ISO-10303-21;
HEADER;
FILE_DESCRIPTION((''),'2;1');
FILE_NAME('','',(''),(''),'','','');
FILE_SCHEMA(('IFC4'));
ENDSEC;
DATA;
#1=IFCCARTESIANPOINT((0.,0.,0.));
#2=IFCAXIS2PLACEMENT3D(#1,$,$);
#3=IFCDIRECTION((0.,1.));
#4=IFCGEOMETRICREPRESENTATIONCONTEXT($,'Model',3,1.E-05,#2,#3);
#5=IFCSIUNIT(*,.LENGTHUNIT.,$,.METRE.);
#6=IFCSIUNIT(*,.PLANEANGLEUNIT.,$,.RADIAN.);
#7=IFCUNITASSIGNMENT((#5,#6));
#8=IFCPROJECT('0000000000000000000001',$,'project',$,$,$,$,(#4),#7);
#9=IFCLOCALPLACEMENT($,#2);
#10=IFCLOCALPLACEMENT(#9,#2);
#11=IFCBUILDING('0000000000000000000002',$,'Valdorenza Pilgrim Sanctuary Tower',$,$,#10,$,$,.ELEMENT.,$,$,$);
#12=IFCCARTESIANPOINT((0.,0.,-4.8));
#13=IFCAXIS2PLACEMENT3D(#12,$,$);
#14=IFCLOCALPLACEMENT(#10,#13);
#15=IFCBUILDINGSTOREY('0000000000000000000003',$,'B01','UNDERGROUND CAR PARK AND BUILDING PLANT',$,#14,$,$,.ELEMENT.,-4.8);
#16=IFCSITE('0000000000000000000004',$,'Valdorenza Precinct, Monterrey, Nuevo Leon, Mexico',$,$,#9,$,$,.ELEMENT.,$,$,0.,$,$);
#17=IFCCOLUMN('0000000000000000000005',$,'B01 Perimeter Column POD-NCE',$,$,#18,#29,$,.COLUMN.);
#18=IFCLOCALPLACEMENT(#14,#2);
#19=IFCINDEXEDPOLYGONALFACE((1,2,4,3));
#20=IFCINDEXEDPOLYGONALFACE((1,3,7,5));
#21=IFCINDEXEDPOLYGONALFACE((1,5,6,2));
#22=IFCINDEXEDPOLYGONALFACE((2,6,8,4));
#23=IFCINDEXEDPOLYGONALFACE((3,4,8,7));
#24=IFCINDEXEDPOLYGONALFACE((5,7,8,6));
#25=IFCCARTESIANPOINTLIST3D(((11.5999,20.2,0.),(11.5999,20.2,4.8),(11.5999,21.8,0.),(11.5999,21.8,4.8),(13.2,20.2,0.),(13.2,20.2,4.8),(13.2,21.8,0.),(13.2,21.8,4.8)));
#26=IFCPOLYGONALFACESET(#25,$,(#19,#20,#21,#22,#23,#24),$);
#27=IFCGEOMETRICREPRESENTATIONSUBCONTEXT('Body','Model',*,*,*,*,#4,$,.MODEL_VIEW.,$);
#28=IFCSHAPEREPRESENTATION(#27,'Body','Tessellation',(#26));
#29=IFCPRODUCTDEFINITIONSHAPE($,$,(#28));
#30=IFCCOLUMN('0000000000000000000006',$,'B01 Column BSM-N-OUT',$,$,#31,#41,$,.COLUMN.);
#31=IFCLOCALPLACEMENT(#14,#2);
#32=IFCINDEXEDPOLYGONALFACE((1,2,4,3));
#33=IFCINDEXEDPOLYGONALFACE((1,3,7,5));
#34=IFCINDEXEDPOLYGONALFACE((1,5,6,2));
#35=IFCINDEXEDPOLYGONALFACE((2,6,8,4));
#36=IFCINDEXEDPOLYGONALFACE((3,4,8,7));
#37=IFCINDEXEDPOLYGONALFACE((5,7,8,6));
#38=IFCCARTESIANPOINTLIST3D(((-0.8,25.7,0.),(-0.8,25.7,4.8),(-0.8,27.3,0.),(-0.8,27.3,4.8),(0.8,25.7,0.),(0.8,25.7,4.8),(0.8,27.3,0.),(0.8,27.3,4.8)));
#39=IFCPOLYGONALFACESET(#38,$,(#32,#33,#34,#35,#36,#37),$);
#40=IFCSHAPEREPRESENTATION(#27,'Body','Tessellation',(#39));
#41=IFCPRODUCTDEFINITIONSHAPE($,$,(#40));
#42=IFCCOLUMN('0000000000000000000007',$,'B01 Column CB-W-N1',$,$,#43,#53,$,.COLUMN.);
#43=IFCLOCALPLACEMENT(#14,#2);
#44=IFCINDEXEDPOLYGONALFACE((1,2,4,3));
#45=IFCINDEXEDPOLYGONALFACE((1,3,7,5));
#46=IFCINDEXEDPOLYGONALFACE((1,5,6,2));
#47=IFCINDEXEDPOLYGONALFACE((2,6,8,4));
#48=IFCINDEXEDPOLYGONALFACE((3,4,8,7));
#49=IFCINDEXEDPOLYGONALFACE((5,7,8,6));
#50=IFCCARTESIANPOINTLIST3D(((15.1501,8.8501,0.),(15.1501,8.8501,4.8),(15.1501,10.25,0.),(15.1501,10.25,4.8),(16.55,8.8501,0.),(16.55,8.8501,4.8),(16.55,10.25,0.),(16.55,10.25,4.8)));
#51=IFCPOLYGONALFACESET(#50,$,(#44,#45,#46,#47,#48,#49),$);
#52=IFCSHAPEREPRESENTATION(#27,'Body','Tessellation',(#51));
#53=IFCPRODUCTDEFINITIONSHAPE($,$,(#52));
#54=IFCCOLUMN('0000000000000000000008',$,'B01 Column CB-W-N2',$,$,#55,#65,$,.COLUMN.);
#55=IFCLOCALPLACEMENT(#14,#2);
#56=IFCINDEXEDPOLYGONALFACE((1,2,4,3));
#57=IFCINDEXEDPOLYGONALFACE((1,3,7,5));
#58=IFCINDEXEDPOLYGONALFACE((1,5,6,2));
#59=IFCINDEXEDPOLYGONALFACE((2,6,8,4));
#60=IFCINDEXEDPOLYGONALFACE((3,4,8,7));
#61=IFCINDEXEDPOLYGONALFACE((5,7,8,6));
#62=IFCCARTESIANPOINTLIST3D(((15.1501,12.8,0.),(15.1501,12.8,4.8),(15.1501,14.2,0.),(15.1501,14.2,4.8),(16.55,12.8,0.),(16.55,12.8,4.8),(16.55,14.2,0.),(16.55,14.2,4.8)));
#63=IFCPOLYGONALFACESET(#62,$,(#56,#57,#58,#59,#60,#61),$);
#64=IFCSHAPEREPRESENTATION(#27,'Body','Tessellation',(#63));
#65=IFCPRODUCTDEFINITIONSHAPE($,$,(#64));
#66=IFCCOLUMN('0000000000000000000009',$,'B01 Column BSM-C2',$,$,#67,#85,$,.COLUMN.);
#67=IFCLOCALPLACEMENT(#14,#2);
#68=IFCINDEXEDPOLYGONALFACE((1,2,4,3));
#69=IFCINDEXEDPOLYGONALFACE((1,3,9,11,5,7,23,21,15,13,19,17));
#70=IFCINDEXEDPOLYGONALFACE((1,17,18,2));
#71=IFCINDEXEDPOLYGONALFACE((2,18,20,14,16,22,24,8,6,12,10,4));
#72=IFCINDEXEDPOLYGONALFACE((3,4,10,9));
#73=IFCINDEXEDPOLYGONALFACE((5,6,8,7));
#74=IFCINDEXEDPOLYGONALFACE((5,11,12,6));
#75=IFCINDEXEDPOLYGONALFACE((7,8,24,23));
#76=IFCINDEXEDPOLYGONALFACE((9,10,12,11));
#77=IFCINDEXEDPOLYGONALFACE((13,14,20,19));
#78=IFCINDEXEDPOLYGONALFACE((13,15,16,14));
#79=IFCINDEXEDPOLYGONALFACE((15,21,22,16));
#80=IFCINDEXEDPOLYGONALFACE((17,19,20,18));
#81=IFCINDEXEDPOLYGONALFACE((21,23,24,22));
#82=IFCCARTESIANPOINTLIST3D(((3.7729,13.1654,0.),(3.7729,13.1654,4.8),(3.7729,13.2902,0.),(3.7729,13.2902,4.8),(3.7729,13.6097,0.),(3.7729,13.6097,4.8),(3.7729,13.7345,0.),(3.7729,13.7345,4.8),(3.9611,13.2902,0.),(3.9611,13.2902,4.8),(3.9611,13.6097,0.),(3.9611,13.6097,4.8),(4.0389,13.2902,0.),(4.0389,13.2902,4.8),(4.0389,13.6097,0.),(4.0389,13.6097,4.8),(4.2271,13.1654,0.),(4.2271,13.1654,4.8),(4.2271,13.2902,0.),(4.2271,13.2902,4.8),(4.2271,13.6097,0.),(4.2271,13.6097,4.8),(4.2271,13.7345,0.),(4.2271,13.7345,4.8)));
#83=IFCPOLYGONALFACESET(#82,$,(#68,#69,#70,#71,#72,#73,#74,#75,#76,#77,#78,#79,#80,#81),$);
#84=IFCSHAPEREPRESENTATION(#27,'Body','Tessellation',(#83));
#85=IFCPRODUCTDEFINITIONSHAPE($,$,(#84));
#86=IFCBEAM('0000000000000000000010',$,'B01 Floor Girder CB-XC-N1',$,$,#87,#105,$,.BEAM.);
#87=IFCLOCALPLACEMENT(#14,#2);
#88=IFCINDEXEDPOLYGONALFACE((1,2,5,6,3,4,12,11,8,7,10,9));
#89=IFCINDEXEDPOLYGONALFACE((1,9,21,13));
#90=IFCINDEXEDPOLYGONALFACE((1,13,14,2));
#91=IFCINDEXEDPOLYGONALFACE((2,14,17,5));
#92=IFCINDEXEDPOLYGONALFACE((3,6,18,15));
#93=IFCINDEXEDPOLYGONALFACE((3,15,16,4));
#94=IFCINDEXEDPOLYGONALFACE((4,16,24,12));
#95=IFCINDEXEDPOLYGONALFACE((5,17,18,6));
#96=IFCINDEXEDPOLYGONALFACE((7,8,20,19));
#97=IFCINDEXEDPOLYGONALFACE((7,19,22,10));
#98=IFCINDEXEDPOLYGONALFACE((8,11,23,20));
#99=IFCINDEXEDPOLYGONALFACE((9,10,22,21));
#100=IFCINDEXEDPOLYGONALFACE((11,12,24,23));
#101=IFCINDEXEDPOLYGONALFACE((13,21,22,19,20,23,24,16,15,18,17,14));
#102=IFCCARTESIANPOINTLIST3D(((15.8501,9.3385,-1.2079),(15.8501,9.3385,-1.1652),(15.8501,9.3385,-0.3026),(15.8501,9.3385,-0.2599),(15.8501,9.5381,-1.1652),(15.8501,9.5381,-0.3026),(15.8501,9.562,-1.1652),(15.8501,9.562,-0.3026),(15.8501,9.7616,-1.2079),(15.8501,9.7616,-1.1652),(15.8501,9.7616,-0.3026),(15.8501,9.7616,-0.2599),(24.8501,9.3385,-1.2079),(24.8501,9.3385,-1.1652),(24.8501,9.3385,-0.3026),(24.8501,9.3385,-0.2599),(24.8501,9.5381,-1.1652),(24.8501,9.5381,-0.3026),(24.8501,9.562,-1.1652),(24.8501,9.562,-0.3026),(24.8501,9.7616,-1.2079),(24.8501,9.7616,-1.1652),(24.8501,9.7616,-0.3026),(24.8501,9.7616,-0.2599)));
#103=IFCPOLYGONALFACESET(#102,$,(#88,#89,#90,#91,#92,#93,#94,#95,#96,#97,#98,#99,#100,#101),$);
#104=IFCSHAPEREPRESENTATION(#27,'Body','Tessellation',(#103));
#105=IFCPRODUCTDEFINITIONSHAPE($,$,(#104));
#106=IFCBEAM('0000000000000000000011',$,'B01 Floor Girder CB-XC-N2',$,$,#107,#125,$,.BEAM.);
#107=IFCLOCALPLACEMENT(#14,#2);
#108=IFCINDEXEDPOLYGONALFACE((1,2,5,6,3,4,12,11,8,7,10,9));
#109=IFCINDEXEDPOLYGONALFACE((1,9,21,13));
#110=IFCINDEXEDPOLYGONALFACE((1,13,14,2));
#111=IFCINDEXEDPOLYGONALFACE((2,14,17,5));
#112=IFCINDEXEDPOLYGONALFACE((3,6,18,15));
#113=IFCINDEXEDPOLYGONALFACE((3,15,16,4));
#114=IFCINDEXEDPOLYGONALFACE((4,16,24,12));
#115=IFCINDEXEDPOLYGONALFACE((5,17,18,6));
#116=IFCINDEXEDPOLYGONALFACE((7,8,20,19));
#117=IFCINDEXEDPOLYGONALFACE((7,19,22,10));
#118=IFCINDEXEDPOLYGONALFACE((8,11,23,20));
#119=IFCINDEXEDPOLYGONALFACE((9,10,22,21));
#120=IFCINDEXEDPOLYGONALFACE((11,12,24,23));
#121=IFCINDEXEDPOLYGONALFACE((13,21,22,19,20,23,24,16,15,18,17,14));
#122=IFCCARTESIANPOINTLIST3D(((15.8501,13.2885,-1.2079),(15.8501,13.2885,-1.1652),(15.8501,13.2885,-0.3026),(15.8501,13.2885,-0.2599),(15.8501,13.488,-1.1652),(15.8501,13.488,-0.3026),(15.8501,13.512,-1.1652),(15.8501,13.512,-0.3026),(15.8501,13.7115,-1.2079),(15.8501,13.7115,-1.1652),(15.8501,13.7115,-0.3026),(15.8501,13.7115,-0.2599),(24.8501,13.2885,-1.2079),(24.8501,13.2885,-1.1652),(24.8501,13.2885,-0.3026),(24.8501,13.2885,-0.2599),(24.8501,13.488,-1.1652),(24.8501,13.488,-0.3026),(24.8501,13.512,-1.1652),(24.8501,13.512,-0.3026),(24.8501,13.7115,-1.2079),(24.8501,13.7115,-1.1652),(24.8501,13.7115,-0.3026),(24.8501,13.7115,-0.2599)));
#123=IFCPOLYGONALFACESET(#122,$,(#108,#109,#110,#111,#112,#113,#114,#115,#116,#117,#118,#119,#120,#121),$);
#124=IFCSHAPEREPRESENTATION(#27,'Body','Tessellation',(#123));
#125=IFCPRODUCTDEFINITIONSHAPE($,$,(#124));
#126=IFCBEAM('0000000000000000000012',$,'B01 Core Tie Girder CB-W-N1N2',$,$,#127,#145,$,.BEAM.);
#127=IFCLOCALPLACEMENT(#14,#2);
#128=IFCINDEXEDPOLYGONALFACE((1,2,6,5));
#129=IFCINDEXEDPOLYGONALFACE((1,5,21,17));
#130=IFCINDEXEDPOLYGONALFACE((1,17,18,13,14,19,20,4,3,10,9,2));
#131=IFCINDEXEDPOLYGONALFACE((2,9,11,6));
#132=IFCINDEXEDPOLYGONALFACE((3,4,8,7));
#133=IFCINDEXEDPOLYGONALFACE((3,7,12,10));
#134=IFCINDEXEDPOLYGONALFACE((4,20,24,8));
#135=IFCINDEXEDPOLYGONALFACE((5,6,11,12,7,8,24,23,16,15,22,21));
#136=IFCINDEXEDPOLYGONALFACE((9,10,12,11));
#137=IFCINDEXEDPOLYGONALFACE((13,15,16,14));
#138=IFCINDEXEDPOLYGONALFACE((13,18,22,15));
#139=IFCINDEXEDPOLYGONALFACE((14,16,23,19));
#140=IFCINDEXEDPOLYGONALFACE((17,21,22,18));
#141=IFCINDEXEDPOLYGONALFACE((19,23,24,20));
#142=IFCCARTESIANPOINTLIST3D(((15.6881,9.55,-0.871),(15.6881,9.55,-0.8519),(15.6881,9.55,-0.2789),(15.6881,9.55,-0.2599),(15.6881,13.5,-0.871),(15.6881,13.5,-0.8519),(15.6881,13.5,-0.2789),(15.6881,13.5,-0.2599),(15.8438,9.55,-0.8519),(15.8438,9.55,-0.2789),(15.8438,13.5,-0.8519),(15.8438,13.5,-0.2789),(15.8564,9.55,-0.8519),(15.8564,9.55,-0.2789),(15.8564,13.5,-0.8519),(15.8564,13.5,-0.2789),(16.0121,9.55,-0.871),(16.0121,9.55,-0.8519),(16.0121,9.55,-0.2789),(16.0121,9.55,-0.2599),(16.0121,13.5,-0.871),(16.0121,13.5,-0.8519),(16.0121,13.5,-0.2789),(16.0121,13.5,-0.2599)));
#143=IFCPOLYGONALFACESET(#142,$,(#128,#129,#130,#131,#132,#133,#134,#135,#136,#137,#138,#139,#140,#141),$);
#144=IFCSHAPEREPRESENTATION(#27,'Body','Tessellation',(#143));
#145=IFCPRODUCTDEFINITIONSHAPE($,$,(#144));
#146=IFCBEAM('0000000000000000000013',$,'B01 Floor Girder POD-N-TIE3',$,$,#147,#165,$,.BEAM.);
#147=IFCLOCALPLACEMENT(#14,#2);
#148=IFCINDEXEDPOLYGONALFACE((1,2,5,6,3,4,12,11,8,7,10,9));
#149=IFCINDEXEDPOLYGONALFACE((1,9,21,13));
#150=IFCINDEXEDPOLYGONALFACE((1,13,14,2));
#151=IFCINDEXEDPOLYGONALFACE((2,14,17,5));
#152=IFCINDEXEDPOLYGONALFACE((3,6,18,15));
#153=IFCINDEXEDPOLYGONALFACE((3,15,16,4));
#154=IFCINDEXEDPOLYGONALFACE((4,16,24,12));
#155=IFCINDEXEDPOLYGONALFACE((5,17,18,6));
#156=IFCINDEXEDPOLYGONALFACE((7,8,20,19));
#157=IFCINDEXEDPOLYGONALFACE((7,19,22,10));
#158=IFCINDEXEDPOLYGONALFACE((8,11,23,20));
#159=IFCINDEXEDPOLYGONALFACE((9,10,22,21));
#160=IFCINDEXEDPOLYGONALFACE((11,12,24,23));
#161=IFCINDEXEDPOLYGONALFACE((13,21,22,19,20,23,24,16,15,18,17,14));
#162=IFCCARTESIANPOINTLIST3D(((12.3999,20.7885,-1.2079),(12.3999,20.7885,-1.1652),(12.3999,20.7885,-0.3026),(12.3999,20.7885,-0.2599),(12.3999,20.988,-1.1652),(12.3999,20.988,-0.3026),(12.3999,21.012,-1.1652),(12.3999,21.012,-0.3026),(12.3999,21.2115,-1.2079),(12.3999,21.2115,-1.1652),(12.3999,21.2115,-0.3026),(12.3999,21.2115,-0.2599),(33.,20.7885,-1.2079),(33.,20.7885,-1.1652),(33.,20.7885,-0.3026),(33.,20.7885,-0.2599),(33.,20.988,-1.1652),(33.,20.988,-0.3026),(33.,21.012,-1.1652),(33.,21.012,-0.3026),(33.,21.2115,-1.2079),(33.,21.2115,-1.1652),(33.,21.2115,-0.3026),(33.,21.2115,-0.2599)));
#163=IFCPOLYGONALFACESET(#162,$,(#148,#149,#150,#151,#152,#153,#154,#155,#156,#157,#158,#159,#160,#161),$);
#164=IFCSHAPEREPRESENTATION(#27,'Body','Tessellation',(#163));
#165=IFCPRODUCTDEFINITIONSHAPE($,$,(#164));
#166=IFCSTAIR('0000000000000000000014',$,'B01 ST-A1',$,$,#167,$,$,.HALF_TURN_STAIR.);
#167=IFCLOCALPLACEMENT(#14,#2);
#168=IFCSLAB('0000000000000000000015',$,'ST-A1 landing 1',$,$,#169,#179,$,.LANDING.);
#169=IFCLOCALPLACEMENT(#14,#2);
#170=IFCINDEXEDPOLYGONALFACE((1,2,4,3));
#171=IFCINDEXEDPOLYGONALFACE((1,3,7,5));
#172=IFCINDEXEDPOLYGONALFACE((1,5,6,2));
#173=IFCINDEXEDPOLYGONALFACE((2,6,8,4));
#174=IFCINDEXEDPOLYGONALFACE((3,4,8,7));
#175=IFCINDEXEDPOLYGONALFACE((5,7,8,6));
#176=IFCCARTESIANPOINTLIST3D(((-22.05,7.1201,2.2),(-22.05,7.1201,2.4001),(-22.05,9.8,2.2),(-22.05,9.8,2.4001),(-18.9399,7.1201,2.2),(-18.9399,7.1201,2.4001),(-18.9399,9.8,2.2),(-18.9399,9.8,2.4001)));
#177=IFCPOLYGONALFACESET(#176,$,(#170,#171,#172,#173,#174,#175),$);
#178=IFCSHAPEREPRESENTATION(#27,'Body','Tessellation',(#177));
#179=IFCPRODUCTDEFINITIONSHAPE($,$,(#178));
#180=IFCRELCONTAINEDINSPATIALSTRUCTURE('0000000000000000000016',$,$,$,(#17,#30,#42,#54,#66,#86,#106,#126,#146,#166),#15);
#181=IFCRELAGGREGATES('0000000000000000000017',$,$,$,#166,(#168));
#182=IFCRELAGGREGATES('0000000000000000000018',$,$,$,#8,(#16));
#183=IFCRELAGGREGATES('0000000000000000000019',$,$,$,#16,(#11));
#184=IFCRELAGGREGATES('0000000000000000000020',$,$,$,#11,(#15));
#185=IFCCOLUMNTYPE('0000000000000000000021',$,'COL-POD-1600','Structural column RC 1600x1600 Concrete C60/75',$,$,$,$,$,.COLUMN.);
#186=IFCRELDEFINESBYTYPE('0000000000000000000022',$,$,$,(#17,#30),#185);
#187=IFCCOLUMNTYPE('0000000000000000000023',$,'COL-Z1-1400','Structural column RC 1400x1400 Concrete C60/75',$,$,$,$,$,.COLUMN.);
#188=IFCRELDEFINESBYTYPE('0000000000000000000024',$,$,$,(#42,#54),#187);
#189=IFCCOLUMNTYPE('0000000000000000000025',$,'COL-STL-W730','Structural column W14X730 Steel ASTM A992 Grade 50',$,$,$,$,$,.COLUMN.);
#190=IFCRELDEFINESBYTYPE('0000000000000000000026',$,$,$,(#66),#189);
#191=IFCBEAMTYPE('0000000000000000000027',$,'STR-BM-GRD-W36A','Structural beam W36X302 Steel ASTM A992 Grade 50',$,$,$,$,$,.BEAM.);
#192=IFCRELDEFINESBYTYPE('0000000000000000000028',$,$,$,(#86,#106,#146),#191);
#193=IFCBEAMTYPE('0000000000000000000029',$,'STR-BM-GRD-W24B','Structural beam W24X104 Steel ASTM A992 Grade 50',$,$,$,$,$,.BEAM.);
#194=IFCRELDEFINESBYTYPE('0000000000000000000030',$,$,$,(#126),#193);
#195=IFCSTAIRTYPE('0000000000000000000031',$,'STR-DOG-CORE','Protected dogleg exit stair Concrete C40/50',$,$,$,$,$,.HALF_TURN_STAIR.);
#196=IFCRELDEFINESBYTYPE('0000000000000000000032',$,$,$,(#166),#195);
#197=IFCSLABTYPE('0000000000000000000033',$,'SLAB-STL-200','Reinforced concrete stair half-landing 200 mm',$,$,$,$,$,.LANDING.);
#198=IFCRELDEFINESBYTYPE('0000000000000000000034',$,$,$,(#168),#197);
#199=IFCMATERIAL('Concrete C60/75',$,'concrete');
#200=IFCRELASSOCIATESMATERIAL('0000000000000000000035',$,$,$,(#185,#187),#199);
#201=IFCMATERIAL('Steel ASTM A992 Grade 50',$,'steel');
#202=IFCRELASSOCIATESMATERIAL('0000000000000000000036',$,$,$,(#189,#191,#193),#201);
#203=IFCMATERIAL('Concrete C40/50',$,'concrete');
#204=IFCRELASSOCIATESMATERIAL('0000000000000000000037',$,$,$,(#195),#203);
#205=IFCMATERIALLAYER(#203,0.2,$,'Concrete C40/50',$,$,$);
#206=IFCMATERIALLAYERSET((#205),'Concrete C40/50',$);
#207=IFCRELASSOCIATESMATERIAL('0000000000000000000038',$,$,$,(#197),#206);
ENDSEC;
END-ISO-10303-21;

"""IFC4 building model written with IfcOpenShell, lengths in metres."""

from ifc_helpers import new_model, si_unit, direction, frame, origin, origin_2d, place, context, subcontext, project, spatial, polyline, rectangle, i_section, outline, extrude, source, transform, mapped, material, layer, layer_set, material_profile, profile_set, type_object, element, aggregate, save


model = new_model("IFC4")

# Units and contexts
model_context = context("Model", 3, precision=1e-05, world=origin(), true_north=direction((0.0, 1.0)))
body_context = subcontext(model_context, "Body", "Model", "MODEL_VIEW")
ifc_project = project(units=[si_unit("LENGTHUNIT", "METRE"), si_unit("PLANEANGLEUNIT", "RADIAN")], contexts=[model_context])

# Site, building, storey
site_placement = place(None, origin())
site = spatial("IfcSite", under=ifc_project, at=site_placement, Name="Valdorenza Precinct, Monterrey, Nuevo Leon, Mexico", CompositionType="ELEMENT", RefElevation=0.0)
building_placement = place(site_placement, origin())
building = spatial("IfcBuilding", under=site, at=building_placement, Name="Valdorenza Pilgrim Sanctuary Tower", CompositionType="ELEMENT")
storey_placement = place(building_placement, frame((0.0, 0.0, -4.8)))
storey = spatial("IfcBuildingStorey", under=building, at=storey_placement, Name="B01", Description="UNDERGROUND CAR PARK AND BUILDING PLANT", CompositionType="ELEMENT", Elevation=-4.8)

# Columns
ifc_material_1 = material(Name="Concrete C60/75", Category="concrete")
ifc_material_profile_1 = material_profile(ifc_material_1, rectangle(XDim=1.6001, YDim=1.6001, at=origin_2d()), Name="RC 1600x1600")
ifc_profile_set_1 = profile_set([ifc_material_profile_1], Name="Concrete C60/75")
column_type_1 = type_object("IfcColumnType", Name="COL-POD-1600", Description="Structural column RC 1600x1600 Concrete C60/75", PredefinedType="COLUMN", material=ifc_profile_set_1)
shared_shape_1 = source(origin(), body_context, "Body", "SweptSolid", [
    extrude(rectangle(XDim=1.6001, YDim=1.6001, at=origin_2d()), origin(), (0.0, 0.0, 1.0), 4.8),
])
for number, where, z_axis, x_axis, name in (
    (1, (12.3999, 21.0, 0.0), (0.0, 0.0, 1.0), (1.0, 0.0, 0.0), "B01 Perimeter Column POD-NCE"),
    (2, (0.0, 26.5, 0.0), (0.0, 0.0, 1.0), (1.0, 0.0, 0.0), "B01 Column BSM-N-OUT"),
):
    element("IfcColumn", number, at=place(storey_placement, frame(where, z_axis=z_axis, x_axis=x_axis)), inside=storey, type_object=column_type_1, Name=name, PredefinedType="COLUMN", context=body_context, shape_type="MappedRepresentation", body=[
        mapped(shared_shape_1, transform((0.0, 0.0, 0.0), x_axis=(1.0, 0.0, 0.0), y_axis=(0.0, 1.0, 0.0), z_axis=(0.0, 0.0, 1.0), scale=1.0)),
    ])
ifc_material_profile_2 = material_profile(ifc_material_1, rectangle(XDim=1.3999, YDim=1.3999, at=origin_2d()), Name="RC 1400x1400")
ifc_profile_set_2 = profile_set([ifc_material_profile_2], Name="Concrete C60/75")
column_type_2 = type_object("IfcColumnType", Name="COL-Z1-1400", Description="Structural column RC 1400x1400 Concrete C60/75", PredefinedType="COLUMN", material=ifc_profile_set_2)
shared_shape_2 = source(origin(), body_context, "Body", "SweptSolid", [
    extrude(rectangle(XDim=1.3999, YDim=1.3999, at=origin_2d()), origin(), (0.0, 0.0, 1.0), 4.8),
])
for number, where, z_axis, x_axis, name in (
    (3, (15.8501, 9.55, 0.0), (0.0, 0.0, 1.0), (1.0, 0.0, 0.0), "B01 Column CB-W-N1"),
    (4, (15.8501, 13.5, 0.0), (0.0, 0.0, 1.0), (1.0, 0.0, 0.0), "B01 Column CB-W-N2"),
):
    element("IfcColumn", number, at=place(storey_placement, frame(where, z_axis=z_axis, x_axis=x_axis)), inside=storey, type_object=column_type_2, Name=name, PredefinedType="COLUMN", context=body_context, shape_type="MappedRepresentation", body=[
        mapped(shared_shape_2, transform((0.0, 0.0, 0.0), x_axis=(1.0, 0.0, 0.0), y_axis=(0.0, 1.0, 0.0), z_axis=(0.0, 0.0, 1.0), scale=1.0)),
    ])
ifc_material_2 = material(Name="Steel ASTM A992 Grade 50", Category="steel")
ifc_material_profile_3 = material_profile(ifc_material_2, i_section(OverallWidth=0.4541, OverallDepth=0.5691, WebThickness=0.0779, FlangeThickness=0.1248, at=origin_2d()), Name="W14X730")
ifc_profile_set_3 = profile_set([ifc_material_profile_3], Name="Steel ASTM A992 Grade 50")
column_type_3 = type_object("IfcColumnType", Name="COL-STL-W730", Description="Structural column W14X730 Steel ASTM A992 Grade 50", PredefinedType="COLUMN", material=ifc_profile_set_3)
shared_shape_3 = source(origin(), body_context, "Body", "SweptSolid", [
    extrude(i_section(OverallWidth=0.4541, OverallDepth=0.5691, WebThickness=0.0779, FlangeThickness=0.1248, at=origin_2d()), origin(), (0.0, 0.0, 1.0), 4.8),
])
column_placement = place(storey_placement, frame((4.0, 13.45, 0.0), z_axis=(0.0, 0.0, 1.0), x_axis=(1.0, 0.0, 0.0)))
element("IfcColumn", 5, at=column_placement, inside=storey, type_object=column_type_3, Name="B01 Column BSM-C2", PredefinedType="COLUMN", context=body_context, shape_type="MappedRepresentation", body=[
    mapped(shared_shape_3, transform((0.0, 0.0, 0.0), x_axis=(1.0, 0.0, 0.0), y_axis=(0.0, 1.0, 0.0), z_axis=(0.0, 0.0, 1.0), scale=1.0)),
])

# Beams
ifc_material_profile_4 = material_profile(ifc_material_2, i_section(OverallWidth=0.4231, OverallDepth=0.948, WebThickness=0.0239, FlangeThickness=0.0427, at=origin_2d()), Name="W36X302")
ifc_profile_set_4 = profile_set([ifc_material_profile_4], Name="Steel ASTM A992 Grade 50")
beam_type_1 = type_object("IfcBeamType", Name="STR-BM-GRD-W36A", Description="Structural beam W36X302 Steel ASTM A992 Grade 50", PredefinedType="BEAM", material=ifc_profile_set_4)
shared_shape_4 = source(origin(), body_context, "Body", "SweptSolid", [
    extrude(i_section(OverallWidth=0.4231, OverallDepth=0.948, WebThickness=0.0239, FlangeThickness=0.0427, at=origin_2d()), origin(), (0.0, 0.0, 1.0), 9.0),
])
for number, where, z_axis, x_axis, name in (
    (6, (15.8501, 9.55, -0.7339), (1.0, 0.0, 0.0), (0.0, 1.0, 0.0), "B01 Floor Girder CB-XC-N1"),
    (7, (15.8501, 13.5, -0.7339), (1.0, 0.0, 0.0), (0.0, 1.0, 0.0), "B01 Floor Girder CB-XC-N2"),
):
    element("IfcBeam", number, at=place(storey_placement, frame(where, z_axis=z_axis, x_axis=x_axis)), inside=storey, type_object=beam_type_1, Name=name, PredefinedType="BEAM", context=body_context, shape_type="MappedRepresentation", body=[
        mapped(shared_shape_4, transform((0.0, 0.0, 0.0), x_axis=(1.0, 0.0, 0.0), y_axis=(0.0, 1.0, 0.0), z_axis=(0.0, 0.0, 1.0), scale=1.0)),
    ])
ifc_material_profile_5 = material_profile(ifc_material_2, i_section(OverallWidth=0.324, OverallDepth=0.6111, WebThickness=0.0127, FlangeThickness=0.019, at=origin_2d()), Name="W24X104")
ifc_profile_set_5 = profile_set([ifc_material_profile_5], Name="Steel ASTM A992 Grade 50")
beam_type_2 = type_object("IfcBeamType", Name="STR-BM-GRD-W24B", Description="Structural beam W24X104 Steel ASTM A992 Grade 50", PredefinedType="BEAM", material=ifc_profile_set_5)
shared_shape_5 = source(origin(), body_context, "Body", "SweptSolid", [
    extrude(i_section(OverallWidth=0.324, OverallDepth=0.6111, WebThickness=0.0127, FlangeThickness=0.019, at=origin_2d()), origin(), (0.0, 0.0, 1.0), 3.95),
])
beam_1_placement = place(storey_placement, frame((15.8501, 9.55, -0.5654), z_axis=(0.0, 1.0, 0.0), x_axis=(-1.0, 0.0, 0.0)))
element("IfcBeam", 8, at=beam_1_placement, inside=storey, type_object=beam_type_2, Name="B01 Core Tie Girder CB-W-N1N2", PredefinedType="BEAM", context=body_context, shape_type="MappedRepresentation", body=[
    mapped(shared_shape_5, transform((0.0, 0.0, 0.0), x_axis=(1.0, 0.0, 0.0), y_axis=(0.0, 1.0, 0.0), z_axis=(0.0, 0.0, 1.0), scale=1.0)),
])
shared_shape_6 = source(origin(), body_context, "Body", "SweptSolid", [
    extrude(i_section(OverallWidth=0.4231, OverallDepth=0.948, WebThickness=0.0239, FlangeThickness=0.0427, at=origin_2d()), origin(), (0.0, 0.0, 1.0), 20.6001),
])
beam_2_placement = place(storey_placement, frame((12.3999, 21.0, -0.7339), z_axis=(1.0, 0.0, 0.0), x_axis=(0.0, 1.0, 0.0)))
element("IfcBeam", 9, at=beam_2_placement, inside=storey, type_object=beam_type_1, Name="B01 Floor Girder POD-N-TIE3", PredefinedType="BEAM", context=body_context, shape_type="MappedRepresentation", body=[
    mapped(shared_shape_6, transform((0.0, 0.0, 0.0), x_axis=(1.0, 0.0, 0.0), y_axis=(0.0, 1.0, 0.0), z_axis=(0.0, 0.0, 1.0), scale=1.0)),
])

# Stair, slab
ifc_material_3 = material(Name="Concrete C40/50", Category="concrete")
stair_type = type_object("IfcStairType", Name="STR-DOG-CORE", Description="Protected dogleg exit stair Concrete C40/50", PredefinedType="HALF_TURN_STAIR", material=ifc_material_3)
stair_1_placement = place(storey_placement, origin())
stair_1 = element("IfcStair", 10, at=stair_1_placement, inside=storey, type_object=stair_type, Name="B01 ST-A1", PredefinedType="HALF_TURN_STAIR")
ifc_layer_1 = layer(ifc_material_3, 0.2, Name="Concrete C40/50")
ifc_layer_set_1 = layer_set([ifc_layer_1], Name="Concrete C40/50")
slab_type_1 = type_object("IfcSlabType", Name="SLAB-STL-200", Description="Reinforced concrete stair half-landing 200 mm", PredefinedType="LANDING", material=ifc_layer_set_1)
slab_1_placement = place(storey_placement, frame((0.0, 0.0, 2.2)))
slab_1 = element("IfcSlab", 11, at=slab_1_placement, type_object=slab_type_1, Name="ST-A1 landing 1", PredefinedType="LANDING", context=body_context, shape_type="SweptSolid", body=[
    extrude(outline(polyline([(-18.9399, 7.1201), (-18.9399, 9.8), (-22.05, 9.8), (-22.05, 7.1201), (-18.9399, 7.1201)])), origin(), (0.0, 0.0, 1.0), 0.2002),
])
aggregate(stair_1, [slab_1])

save(model, "model.ifc")
